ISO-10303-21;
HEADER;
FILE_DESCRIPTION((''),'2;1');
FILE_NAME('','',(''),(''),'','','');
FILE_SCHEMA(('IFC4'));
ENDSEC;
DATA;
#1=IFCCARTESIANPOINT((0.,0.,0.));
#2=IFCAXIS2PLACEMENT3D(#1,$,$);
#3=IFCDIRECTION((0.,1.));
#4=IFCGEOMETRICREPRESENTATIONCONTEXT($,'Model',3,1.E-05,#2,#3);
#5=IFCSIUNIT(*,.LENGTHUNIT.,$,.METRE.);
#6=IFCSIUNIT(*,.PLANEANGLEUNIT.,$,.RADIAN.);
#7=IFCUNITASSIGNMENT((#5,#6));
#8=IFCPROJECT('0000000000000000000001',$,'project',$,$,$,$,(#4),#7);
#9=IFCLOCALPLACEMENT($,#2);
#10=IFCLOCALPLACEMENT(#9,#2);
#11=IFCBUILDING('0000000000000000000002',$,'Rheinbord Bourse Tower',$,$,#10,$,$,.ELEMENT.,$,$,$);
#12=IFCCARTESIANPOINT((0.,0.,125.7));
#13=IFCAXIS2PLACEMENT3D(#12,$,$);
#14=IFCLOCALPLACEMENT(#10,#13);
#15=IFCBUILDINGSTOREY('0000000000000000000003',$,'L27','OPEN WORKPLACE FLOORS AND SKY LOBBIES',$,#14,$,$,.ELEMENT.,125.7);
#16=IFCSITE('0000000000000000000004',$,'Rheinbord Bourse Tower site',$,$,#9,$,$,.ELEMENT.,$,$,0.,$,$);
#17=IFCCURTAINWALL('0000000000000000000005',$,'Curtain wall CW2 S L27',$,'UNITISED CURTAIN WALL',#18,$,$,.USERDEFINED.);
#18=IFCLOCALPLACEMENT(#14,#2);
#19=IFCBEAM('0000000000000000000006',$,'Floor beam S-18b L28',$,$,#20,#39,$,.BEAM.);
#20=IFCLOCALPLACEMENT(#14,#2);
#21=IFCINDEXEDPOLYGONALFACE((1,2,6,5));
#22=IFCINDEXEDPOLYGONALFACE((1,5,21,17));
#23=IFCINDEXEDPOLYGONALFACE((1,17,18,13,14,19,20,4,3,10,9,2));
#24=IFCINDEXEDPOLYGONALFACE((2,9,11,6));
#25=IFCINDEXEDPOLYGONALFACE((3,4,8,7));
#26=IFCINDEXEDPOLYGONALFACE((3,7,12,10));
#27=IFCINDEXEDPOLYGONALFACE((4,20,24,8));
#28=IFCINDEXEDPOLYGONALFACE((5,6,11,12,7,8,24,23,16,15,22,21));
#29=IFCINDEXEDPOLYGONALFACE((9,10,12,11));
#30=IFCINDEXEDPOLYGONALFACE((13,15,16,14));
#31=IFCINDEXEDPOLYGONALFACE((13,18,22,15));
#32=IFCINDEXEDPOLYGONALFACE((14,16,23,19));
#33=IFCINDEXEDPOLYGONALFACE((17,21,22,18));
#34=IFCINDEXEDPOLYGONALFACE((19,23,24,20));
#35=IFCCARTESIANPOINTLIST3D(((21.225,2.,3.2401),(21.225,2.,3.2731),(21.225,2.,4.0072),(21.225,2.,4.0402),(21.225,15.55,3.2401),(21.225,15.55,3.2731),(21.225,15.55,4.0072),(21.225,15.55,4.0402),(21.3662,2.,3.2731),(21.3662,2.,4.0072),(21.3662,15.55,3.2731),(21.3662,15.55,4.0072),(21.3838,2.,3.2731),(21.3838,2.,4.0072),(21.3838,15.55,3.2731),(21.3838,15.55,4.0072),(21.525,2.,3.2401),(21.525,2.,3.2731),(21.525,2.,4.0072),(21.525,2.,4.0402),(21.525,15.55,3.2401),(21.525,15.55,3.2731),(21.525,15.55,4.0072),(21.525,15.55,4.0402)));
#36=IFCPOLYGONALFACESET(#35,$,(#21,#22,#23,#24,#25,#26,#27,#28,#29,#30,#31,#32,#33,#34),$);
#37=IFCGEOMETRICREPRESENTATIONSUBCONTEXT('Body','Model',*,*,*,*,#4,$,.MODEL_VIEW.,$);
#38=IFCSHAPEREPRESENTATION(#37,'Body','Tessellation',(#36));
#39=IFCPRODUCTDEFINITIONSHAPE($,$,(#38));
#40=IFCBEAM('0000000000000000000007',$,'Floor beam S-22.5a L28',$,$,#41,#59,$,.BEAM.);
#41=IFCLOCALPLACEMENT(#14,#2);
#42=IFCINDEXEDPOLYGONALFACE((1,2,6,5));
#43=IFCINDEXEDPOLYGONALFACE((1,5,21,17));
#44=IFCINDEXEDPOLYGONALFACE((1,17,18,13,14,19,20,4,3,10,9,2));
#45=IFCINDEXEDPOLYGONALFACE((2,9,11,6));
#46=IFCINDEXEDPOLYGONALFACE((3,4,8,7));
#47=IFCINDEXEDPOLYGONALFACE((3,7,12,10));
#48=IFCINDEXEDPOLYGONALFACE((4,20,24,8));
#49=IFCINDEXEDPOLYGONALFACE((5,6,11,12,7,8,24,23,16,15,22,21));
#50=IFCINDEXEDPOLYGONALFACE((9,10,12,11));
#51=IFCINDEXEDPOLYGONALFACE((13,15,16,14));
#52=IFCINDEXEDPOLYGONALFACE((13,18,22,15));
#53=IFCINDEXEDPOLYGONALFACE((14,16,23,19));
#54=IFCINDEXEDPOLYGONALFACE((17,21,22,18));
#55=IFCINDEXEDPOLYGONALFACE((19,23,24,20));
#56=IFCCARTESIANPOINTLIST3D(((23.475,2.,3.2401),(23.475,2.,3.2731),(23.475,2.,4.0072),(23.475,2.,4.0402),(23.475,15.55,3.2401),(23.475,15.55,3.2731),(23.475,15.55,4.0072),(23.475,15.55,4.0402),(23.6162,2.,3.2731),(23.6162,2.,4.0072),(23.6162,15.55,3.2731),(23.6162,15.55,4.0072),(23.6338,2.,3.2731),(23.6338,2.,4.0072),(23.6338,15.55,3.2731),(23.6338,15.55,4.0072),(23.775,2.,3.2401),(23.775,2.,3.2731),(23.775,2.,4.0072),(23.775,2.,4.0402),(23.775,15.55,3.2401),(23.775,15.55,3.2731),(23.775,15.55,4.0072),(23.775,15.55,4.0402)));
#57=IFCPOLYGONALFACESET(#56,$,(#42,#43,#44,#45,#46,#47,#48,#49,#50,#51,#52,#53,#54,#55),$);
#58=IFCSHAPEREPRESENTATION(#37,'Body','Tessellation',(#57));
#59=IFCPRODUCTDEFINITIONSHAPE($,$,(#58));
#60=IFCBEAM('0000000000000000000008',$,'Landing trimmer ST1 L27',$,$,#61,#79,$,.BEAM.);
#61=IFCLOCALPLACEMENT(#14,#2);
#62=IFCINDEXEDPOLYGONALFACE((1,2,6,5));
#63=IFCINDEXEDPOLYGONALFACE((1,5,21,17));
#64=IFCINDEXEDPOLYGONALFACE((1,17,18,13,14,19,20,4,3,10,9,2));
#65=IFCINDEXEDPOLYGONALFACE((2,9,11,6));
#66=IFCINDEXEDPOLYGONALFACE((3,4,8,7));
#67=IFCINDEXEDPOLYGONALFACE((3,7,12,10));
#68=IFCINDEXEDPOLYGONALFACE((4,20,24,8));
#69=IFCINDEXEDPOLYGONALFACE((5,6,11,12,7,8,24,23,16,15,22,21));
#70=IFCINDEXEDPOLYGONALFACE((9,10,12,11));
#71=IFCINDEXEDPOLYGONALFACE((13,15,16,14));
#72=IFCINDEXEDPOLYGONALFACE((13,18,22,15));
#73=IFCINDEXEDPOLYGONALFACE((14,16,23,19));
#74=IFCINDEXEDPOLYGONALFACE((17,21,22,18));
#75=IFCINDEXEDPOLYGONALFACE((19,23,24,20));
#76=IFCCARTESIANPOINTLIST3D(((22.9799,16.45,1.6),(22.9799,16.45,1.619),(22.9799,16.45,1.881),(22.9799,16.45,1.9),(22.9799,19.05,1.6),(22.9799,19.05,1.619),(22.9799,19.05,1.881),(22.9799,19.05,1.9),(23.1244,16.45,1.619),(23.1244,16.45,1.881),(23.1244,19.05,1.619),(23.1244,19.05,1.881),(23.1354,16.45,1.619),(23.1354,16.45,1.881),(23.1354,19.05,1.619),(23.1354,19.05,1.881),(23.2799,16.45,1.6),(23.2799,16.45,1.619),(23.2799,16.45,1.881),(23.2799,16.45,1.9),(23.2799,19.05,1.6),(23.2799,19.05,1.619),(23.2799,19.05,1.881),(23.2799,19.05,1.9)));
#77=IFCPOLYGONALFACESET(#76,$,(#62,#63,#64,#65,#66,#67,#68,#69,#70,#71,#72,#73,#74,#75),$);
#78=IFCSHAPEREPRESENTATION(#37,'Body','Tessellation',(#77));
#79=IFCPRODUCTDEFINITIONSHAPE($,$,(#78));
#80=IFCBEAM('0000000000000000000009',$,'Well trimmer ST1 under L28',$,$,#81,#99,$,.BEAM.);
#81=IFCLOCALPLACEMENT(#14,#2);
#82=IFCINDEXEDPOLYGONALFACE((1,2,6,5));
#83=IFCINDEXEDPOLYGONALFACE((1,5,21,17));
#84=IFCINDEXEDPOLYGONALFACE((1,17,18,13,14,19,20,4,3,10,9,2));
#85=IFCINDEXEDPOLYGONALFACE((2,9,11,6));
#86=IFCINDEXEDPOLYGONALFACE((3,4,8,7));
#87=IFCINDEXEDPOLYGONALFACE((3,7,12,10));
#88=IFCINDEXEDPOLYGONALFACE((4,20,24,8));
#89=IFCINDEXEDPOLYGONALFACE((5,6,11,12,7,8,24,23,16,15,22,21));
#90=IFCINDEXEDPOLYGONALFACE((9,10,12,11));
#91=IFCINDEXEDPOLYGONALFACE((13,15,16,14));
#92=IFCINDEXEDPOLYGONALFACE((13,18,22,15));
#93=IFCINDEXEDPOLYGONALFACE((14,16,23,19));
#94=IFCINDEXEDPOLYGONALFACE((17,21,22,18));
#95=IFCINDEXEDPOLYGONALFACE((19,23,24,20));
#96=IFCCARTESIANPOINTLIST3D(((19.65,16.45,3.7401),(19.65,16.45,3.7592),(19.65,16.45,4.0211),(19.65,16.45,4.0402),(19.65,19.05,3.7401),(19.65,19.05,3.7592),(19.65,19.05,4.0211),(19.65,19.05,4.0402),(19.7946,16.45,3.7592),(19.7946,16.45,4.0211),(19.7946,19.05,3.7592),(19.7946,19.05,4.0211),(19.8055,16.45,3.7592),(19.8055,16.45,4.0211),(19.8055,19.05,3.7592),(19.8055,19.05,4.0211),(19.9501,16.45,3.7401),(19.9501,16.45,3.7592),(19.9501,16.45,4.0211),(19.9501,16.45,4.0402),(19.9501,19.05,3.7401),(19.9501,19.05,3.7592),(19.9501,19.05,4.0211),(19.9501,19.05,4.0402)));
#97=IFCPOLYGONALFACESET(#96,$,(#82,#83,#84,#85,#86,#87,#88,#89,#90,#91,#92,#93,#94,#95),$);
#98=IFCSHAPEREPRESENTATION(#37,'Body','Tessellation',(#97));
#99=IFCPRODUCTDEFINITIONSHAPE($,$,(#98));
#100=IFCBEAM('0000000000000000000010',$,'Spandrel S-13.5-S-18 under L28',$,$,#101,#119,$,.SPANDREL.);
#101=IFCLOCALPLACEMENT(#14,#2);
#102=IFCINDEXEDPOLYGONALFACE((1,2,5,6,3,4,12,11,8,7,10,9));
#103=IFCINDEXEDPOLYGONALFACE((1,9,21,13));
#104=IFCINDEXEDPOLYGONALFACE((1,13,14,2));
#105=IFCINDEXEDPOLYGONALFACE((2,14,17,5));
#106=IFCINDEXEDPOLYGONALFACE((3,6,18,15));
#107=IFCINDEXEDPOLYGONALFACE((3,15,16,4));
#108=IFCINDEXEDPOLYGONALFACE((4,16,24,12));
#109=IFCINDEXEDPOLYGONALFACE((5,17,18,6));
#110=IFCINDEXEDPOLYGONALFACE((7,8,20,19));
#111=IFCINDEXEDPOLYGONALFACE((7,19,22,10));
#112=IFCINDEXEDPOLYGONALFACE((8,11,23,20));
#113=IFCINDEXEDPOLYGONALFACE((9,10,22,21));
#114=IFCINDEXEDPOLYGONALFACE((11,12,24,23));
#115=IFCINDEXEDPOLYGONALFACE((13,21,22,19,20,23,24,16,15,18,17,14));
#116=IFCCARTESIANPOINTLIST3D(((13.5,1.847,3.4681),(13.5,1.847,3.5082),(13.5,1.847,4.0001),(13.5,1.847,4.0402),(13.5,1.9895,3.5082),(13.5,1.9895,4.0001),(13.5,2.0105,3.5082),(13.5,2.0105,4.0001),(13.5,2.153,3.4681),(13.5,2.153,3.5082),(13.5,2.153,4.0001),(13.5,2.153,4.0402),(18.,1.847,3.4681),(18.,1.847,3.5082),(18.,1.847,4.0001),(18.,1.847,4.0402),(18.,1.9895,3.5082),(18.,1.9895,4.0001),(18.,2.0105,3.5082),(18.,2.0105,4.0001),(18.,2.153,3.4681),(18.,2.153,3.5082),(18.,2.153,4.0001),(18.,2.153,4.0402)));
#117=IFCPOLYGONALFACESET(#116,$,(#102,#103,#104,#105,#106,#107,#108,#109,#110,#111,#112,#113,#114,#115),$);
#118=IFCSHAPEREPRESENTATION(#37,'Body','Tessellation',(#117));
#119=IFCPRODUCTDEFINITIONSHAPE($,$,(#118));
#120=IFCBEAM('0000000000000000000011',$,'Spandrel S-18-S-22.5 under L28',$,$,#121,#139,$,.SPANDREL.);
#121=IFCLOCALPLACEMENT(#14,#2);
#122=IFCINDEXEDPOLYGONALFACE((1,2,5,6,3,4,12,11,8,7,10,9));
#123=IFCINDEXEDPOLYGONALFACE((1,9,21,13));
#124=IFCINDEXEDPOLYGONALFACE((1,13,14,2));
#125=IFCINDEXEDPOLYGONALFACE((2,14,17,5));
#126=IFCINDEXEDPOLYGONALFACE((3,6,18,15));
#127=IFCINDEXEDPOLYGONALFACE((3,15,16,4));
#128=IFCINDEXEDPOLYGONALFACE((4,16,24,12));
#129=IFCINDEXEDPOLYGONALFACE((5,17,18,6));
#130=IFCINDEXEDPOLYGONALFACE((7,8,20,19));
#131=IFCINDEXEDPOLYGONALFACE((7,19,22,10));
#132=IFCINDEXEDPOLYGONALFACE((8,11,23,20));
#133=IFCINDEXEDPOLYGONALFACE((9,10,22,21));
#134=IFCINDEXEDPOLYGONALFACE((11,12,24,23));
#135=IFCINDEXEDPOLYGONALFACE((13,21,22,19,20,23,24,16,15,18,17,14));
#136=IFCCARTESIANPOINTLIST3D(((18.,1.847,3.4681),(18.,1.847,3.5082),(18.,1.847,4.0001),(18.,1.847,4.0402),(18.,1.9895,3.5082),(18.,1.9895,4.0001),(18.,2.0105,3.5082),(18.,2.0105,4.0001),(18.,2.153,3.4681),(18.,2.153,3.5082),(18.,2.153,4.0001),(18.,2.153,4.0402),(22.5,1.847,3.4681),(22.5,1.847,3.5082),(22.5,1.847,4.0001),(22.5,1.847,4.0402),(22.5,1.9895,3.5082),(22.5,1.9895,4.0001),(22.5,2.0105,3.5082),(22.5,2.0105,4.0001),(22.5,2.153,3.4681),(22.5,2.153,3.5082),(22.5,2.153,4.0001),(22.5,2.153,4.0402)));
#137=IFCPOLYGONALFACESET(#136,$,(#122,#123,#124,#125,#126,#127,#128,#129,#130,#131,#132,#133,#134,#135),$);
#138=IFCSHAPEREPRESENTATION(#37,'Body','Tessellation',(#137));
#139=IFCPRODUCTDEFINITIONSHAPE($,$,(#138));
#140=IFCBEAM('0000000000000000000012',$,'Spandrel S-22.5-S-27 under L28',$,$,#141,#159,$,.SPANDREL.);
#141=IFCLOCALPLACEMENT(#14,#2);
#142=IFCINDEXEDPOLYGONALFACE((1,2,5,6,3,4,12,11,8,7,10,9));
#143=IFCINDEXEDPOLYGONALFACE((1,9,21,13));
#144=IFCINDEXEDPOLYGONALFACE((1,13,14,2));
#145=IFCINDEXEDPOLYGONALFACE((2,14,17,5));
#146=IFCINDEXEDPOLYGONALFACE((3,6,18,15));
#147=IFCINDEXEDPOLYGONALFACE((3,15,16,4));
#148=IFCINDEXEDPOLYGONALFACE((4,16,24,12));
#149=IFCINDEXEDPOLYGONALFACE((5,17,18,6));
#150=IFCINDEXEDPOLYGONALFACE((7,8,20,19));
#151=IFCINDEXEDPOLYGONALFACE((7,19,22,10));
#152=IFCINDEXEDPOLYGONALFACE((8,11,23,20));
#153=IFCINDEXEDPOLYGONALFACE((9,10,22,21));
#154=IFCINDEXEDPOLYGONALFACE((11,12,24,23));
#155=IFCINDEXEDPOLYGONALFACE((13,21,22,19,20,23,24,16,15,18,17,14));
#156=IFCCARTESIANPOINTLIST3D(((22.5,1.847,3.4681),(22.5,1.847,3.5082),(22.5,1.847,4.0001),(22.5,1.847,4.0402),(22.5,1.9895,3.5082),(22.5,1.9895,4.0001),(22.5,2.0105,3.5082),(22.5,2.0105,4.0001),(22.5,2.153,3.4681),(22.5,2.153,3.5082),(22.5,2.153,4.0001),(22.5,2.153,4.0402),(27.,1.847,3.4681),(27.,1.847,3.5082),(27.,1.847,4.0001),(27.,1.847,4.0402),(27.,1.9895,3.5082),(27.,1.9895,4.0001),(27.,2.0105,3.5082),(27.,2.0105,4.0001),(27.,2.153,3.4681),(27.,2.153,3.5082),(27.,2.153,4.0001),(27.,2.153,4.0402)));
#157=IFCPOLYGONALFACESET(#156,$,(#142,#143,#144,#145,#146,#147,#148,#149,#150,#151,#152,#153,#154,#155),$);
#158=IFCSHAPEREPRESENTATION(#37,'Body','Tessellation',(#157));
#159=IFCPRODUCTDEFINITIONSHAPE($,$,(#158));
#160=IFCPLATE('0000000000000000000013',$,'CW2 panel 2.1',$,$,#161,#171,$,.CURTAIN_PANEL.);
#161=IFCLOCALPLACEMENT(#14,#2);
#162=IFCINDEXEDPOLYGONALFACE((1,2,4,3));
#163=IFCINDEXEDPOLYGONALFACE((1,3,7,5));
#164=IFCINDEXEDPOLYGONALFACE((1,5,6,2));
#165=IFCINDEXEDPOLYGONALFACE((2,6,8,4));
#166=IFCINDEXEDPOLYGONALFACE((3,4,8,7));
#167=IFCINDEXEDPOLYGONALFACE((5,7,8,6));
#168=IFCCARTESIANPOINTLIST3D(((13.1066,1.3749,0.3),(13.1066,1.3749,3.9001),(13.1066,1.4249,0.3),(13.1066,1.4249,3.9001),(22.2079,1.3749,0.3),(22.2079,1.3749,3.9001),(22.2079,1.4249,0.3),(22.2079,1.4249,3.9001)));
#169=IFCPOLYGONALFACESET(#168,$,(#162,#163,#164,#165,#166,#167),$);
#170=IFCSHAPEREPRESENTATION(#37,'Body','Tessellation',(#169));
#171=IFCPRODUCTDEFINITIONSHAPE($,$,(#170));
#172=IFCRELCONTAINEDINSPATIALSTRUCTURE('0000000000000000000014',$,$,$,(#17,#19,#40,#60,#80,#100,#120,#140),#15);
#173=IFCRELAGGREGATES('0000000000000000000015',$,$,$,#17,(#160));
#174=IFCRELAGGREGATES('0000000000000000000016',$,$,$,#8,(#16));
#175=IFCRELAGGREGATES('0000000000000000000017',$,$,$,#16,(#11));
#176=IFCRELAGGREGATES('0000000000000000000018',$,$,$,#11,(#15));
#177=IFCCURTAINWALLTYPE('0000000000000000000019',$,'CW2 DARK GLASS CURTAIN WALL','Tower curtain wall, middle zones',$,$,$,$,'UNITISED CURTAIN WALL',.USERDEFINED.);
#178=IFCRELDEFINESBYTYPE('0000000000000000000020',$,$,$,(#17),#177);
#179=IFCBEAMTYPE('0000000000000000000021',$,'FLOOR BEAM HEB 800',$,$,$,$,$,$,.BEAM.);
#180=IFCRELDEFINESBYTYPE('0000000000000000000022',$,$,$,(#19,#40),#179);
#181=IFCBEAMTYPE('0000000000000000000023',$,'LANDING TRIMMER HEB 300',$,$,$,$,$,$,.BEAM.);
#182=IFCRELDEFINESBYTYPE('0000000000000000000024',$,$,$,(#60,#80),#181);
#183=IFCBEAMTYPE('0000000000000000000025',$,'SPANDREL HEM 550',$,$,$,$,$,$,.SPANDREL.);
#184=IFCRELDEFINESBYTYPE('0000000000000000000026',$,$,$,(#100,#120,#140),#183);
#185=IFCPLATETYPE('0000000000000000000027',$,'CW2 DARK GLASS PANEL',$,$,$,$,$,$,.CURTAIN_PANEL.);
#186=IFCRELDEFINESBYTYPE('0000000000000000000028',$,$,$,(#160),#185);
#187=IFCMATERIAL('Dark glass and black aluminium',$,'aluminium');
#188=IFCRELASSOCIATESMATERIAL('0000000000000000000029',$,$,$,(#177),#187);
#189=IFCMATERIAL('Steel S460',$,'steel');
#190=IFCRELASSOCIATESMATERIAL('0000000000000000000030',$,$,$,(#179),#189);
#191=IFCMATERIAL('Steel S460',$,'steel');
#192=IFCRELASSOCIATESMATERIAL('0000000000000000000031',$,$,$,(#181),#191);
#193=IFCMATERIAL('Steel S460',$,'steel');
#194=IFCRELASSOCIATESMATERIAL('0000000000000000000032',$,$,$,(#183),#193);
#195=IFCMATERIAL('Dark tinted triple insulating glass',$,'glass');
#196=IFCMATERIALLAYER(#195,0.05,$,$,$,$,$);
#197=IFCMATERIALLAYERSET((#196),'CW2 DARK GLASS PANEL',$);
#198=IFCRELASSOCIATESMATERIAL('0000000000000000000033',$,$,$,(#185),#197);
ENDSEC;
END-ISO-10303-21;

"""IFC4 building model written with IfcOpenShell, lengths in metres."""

from ifc_helpers import new_model, si_unit, direction, frame, origin, origin_2d, place, context, subcontext, project, spatial, rectangle, i_section, extrude, material, layer, layer_set, material_profile, profile_set, type_object, element, aggregate, save


model = new_model("IFC4")

# Units and contexts
model_context = context("Model", 3, precision=1e-05, world=origin(), true_north=direction((0.0, 1.0)))
body_context = subcontext(model_context, "Body", "Model", "MODEL_VIEW")
ifc_project = project(units=[si_unit("LENGTHUNIT", "METRE"), si_unit("PLANEANGLEUNIT", "RADIAN")], contexts=[model_context])

# Site, building, storey
site_placement = place(None, origin())
site = spatial("IfcSite", under=ifc_project, at=site_placement, Name="Rheinbord Bourse Tower site", CompositionType="ELEMENT", RefElevation=0.0)
building_placement = place(site_placement, origin())
building = spatial("IfcBuilding", under=site, at=building_placement, Name="Rheinbord Bourse Tower", CompositionType="ELEMENT")
storey_placement = place(building_placement, frame((0.0, 0.0, 125.7)))
storey = spatial("IfcBuildingStorey", under=building, at=storey_placement, Name="L27", Description="OPEN WORKPLACE FLOORS AND SKY LOBBIES", CompositionType="ELEMENT", Elevation=125.7)

# Curtain wall
ifc_material_1 = material(Name="Dark glass and black aluminium", Category="aluminium")
curtain_wall_type = type_object("IfcCurtainWallType", Name="CW2 DARK GLASS CURTAIN WALL", Description="Tower curtain wall, middle zones", ElementType="UNITISED CURTAIN WALL", PredefinedType="USERDEFINED", material=ifc_material_1)
curtain_wall_placement = place(storey_placement, origin())
curtain_wall = element("IfcCurtainWall", 1, at=curtain_wall_placement, inside=storey, type_object=curtain_wall_type, Name="Curtain wall CW2 S L27", ObjectType="UNITISED CURTAIN WALL", PredefinedType="USERDEFINED")

# Beams
ifc_material_2 = material(Name="Steel S460", Category="steel")
ifc_material_profile_1 = material_profile(ifc_material_2, i_section(OverallWidth=0.3, OverallDepth=0.8, WebThickness=0.0176, FlangeThickness=0.033, at=origin_2d()), Name="HEB 800")
ifc_profile_set_1 = profile_set([ifc_material_profile_1], Name="Steel S460")
beam_type_1 = type_object("IfcBeamType", Name="FLOOR BEAM HEB 800", PredefinedType="BEAM", material=ifc_profile_set_1)
for number, where, z_axis, x_axis, name in (
    (2, (21.375, 2.0, 3.6401), (0.0, 1.0, 0.0), (-1.0, 0.0, 0.0), "Floor beam S-18b L28"),
    (3, (23.625, 2.0, 3.6401), (0.0, 1.0, 0.0), (-1.0, 0.0, 0.0), "Floor beam S-22.5a L28"),
):
    element("IfcBeam", number, at=place(storey_placement, frame(where, z_axis=z_axis, x_axis=x_axis)), inside=storey, type_object=beam_type_1, Name=name, PredefinedType="BEAM", context=body_context, shape_type="SweptSolid", body=[
        extrude(i_section(OverallWidth=0.3, OverallDepth=0.8, WebThickness=0.0176, FlangeThickness=0.033, at=origin_2d()), origin(), (0.0, 0.0, 1.0), 13.55),
    ])
ifc_material_3 = material(Name="Steel S460", Category="steel")
ifc_material_profile_2 = material_profile(ifc_material_3, i_section(OverallWidth=0.3, OverallDepth=0.3, WebThickness=0.011, FlangeThickness=0.019, at=origin_2d()), Name="HEB 300")
ifc_profile_set_2 = profile_set([ifc_material_profile_2], Name="Steel S460")
beam_type_2 = type_object("IfcBeamType", Name="LANDING TRIMMER HEB 300", PredefinedType="BEAM", material=ifc_profile_set_2)
for number, where, z_axis, x_axis, name in (
    (4, (23.1299, 16.45, 1.75), (0.0, 1.0, 0.0), (-1.0, 0.0, 0.0), "Landing trimmer ST1 L27"),
    (5, (19.8, 16.45, 3.8901), (0.0, 1.0, 0.0), (-1.0, 0.0, 0.0), "Well trimmer ST1 under L28"),
):
    element("IfcBeam", number, at=place(storey_placement, frame(where, z_axis=z_axis, x_axis=x_axis)), inside=storey, type_object=beam_type_2, Name=name, PredefinedType="BEAM", context=body_context, shape_type="SweptSolid", body=[
        extrude(i_section(OverallWidth=0.3, OverallDepth=0.3, WebThickness=0.011, FlangeThickness=0.019, at=origin_2d()), origin(), (0.0, 0.0, 1.0), 2.6001),
    ])
ifc_material_4 = material(Name="Steel S460", Category="steel")
ifc_material_profile_3 = material_profile(ifc_material_4, i_section(OverallWidth=0.3059, OverallDepth=0.572, WebThickness=0.021, FlangeThickness=0.04, at=origin_2d()), Name="HEM 550")
ifc_profile_set_3 = profile_set([ifc_material_profile_3], Name="Steel S460")
beam_type_3 = type_object("IfcBeamType", Name="SPANDREL HEM 550", PredefinedType="SPANDREL", material=ifc_profile_set_3)
for number, where, z_axis, x_axis, name in (
    (6, (13.5, 2.0, 3.7542), (1.0, 0.0, 0.0), (0.0, 1.0, 0.0), "Spandrel S-13.5-S-18 under L28"),
    (7, (18.0, 2.0, 3.7542), (1.0, 0.0, 0.0), (0.0, 1.0, 0.0), "Spandrel S-18-S-22.5 under L28"),
    (8, (22.5, 2.0, 3.7542), (1.0, 0.0, 0.0), (0.0, 1.0, 0.0), "Spandrel S-22.5-S-27 under L28"),
):
    element("IfcBeam", number, at=place(storey_placement, frame(where, z_axis=z_axis, x_axis=x_axis)), inside=storey, type_object=beam_type_3, Name=name, PredefinedType="SPANDREL", context=body_context, shape_type="SweptSolid", body=[
        extrude(i_section(OverallWidth=0.3059, OverallDepth=0.572, WebThickness=0.021, FlangeThickness=0.04, at=origin_2d()), origin(), (0.0, 0.0, 1.0), 4.5),
    ])

# Plate
ifc_material_5 = material(Name="Dark tinted triple insulating glass", Category="glass")
ifc_layer_1 = layer(ifc_material_5, 0.05)
ifc_layer_set_1 = layer_set([ifc_layer_1], Name="CW2 DARK GLASS PANEL")
plate_type = type_object("IfcPlateType", Name="CW2 DARK GLASS PANEL", PredefinedType="CURTAIN_PANEL", material=ifc_layer_set_1)
plate_placement = place(storey_placement, frame((17.6572, 1.3999, 0.3), z_axis=(0.0, 0.0, 1.0), x_axis=(1.0, 0.0, 0.0)))
plate = element("IfcPlate", 9, at=plate_placement, type_object=plate_type, Name="CW2 panel 2.1", PredefinedType="CURTAIN_PANEL", context=body_context, shape_type="SweptSolid", body=[
    extrude(rectangle(XDim=9.1013, YDim=0.05, at=origin_2d()), origin(), (0.0, 0.0, 1.0), 3.6001),
])
aggregate(curtain_wall, [plate])

save(model, "model.ifc")
